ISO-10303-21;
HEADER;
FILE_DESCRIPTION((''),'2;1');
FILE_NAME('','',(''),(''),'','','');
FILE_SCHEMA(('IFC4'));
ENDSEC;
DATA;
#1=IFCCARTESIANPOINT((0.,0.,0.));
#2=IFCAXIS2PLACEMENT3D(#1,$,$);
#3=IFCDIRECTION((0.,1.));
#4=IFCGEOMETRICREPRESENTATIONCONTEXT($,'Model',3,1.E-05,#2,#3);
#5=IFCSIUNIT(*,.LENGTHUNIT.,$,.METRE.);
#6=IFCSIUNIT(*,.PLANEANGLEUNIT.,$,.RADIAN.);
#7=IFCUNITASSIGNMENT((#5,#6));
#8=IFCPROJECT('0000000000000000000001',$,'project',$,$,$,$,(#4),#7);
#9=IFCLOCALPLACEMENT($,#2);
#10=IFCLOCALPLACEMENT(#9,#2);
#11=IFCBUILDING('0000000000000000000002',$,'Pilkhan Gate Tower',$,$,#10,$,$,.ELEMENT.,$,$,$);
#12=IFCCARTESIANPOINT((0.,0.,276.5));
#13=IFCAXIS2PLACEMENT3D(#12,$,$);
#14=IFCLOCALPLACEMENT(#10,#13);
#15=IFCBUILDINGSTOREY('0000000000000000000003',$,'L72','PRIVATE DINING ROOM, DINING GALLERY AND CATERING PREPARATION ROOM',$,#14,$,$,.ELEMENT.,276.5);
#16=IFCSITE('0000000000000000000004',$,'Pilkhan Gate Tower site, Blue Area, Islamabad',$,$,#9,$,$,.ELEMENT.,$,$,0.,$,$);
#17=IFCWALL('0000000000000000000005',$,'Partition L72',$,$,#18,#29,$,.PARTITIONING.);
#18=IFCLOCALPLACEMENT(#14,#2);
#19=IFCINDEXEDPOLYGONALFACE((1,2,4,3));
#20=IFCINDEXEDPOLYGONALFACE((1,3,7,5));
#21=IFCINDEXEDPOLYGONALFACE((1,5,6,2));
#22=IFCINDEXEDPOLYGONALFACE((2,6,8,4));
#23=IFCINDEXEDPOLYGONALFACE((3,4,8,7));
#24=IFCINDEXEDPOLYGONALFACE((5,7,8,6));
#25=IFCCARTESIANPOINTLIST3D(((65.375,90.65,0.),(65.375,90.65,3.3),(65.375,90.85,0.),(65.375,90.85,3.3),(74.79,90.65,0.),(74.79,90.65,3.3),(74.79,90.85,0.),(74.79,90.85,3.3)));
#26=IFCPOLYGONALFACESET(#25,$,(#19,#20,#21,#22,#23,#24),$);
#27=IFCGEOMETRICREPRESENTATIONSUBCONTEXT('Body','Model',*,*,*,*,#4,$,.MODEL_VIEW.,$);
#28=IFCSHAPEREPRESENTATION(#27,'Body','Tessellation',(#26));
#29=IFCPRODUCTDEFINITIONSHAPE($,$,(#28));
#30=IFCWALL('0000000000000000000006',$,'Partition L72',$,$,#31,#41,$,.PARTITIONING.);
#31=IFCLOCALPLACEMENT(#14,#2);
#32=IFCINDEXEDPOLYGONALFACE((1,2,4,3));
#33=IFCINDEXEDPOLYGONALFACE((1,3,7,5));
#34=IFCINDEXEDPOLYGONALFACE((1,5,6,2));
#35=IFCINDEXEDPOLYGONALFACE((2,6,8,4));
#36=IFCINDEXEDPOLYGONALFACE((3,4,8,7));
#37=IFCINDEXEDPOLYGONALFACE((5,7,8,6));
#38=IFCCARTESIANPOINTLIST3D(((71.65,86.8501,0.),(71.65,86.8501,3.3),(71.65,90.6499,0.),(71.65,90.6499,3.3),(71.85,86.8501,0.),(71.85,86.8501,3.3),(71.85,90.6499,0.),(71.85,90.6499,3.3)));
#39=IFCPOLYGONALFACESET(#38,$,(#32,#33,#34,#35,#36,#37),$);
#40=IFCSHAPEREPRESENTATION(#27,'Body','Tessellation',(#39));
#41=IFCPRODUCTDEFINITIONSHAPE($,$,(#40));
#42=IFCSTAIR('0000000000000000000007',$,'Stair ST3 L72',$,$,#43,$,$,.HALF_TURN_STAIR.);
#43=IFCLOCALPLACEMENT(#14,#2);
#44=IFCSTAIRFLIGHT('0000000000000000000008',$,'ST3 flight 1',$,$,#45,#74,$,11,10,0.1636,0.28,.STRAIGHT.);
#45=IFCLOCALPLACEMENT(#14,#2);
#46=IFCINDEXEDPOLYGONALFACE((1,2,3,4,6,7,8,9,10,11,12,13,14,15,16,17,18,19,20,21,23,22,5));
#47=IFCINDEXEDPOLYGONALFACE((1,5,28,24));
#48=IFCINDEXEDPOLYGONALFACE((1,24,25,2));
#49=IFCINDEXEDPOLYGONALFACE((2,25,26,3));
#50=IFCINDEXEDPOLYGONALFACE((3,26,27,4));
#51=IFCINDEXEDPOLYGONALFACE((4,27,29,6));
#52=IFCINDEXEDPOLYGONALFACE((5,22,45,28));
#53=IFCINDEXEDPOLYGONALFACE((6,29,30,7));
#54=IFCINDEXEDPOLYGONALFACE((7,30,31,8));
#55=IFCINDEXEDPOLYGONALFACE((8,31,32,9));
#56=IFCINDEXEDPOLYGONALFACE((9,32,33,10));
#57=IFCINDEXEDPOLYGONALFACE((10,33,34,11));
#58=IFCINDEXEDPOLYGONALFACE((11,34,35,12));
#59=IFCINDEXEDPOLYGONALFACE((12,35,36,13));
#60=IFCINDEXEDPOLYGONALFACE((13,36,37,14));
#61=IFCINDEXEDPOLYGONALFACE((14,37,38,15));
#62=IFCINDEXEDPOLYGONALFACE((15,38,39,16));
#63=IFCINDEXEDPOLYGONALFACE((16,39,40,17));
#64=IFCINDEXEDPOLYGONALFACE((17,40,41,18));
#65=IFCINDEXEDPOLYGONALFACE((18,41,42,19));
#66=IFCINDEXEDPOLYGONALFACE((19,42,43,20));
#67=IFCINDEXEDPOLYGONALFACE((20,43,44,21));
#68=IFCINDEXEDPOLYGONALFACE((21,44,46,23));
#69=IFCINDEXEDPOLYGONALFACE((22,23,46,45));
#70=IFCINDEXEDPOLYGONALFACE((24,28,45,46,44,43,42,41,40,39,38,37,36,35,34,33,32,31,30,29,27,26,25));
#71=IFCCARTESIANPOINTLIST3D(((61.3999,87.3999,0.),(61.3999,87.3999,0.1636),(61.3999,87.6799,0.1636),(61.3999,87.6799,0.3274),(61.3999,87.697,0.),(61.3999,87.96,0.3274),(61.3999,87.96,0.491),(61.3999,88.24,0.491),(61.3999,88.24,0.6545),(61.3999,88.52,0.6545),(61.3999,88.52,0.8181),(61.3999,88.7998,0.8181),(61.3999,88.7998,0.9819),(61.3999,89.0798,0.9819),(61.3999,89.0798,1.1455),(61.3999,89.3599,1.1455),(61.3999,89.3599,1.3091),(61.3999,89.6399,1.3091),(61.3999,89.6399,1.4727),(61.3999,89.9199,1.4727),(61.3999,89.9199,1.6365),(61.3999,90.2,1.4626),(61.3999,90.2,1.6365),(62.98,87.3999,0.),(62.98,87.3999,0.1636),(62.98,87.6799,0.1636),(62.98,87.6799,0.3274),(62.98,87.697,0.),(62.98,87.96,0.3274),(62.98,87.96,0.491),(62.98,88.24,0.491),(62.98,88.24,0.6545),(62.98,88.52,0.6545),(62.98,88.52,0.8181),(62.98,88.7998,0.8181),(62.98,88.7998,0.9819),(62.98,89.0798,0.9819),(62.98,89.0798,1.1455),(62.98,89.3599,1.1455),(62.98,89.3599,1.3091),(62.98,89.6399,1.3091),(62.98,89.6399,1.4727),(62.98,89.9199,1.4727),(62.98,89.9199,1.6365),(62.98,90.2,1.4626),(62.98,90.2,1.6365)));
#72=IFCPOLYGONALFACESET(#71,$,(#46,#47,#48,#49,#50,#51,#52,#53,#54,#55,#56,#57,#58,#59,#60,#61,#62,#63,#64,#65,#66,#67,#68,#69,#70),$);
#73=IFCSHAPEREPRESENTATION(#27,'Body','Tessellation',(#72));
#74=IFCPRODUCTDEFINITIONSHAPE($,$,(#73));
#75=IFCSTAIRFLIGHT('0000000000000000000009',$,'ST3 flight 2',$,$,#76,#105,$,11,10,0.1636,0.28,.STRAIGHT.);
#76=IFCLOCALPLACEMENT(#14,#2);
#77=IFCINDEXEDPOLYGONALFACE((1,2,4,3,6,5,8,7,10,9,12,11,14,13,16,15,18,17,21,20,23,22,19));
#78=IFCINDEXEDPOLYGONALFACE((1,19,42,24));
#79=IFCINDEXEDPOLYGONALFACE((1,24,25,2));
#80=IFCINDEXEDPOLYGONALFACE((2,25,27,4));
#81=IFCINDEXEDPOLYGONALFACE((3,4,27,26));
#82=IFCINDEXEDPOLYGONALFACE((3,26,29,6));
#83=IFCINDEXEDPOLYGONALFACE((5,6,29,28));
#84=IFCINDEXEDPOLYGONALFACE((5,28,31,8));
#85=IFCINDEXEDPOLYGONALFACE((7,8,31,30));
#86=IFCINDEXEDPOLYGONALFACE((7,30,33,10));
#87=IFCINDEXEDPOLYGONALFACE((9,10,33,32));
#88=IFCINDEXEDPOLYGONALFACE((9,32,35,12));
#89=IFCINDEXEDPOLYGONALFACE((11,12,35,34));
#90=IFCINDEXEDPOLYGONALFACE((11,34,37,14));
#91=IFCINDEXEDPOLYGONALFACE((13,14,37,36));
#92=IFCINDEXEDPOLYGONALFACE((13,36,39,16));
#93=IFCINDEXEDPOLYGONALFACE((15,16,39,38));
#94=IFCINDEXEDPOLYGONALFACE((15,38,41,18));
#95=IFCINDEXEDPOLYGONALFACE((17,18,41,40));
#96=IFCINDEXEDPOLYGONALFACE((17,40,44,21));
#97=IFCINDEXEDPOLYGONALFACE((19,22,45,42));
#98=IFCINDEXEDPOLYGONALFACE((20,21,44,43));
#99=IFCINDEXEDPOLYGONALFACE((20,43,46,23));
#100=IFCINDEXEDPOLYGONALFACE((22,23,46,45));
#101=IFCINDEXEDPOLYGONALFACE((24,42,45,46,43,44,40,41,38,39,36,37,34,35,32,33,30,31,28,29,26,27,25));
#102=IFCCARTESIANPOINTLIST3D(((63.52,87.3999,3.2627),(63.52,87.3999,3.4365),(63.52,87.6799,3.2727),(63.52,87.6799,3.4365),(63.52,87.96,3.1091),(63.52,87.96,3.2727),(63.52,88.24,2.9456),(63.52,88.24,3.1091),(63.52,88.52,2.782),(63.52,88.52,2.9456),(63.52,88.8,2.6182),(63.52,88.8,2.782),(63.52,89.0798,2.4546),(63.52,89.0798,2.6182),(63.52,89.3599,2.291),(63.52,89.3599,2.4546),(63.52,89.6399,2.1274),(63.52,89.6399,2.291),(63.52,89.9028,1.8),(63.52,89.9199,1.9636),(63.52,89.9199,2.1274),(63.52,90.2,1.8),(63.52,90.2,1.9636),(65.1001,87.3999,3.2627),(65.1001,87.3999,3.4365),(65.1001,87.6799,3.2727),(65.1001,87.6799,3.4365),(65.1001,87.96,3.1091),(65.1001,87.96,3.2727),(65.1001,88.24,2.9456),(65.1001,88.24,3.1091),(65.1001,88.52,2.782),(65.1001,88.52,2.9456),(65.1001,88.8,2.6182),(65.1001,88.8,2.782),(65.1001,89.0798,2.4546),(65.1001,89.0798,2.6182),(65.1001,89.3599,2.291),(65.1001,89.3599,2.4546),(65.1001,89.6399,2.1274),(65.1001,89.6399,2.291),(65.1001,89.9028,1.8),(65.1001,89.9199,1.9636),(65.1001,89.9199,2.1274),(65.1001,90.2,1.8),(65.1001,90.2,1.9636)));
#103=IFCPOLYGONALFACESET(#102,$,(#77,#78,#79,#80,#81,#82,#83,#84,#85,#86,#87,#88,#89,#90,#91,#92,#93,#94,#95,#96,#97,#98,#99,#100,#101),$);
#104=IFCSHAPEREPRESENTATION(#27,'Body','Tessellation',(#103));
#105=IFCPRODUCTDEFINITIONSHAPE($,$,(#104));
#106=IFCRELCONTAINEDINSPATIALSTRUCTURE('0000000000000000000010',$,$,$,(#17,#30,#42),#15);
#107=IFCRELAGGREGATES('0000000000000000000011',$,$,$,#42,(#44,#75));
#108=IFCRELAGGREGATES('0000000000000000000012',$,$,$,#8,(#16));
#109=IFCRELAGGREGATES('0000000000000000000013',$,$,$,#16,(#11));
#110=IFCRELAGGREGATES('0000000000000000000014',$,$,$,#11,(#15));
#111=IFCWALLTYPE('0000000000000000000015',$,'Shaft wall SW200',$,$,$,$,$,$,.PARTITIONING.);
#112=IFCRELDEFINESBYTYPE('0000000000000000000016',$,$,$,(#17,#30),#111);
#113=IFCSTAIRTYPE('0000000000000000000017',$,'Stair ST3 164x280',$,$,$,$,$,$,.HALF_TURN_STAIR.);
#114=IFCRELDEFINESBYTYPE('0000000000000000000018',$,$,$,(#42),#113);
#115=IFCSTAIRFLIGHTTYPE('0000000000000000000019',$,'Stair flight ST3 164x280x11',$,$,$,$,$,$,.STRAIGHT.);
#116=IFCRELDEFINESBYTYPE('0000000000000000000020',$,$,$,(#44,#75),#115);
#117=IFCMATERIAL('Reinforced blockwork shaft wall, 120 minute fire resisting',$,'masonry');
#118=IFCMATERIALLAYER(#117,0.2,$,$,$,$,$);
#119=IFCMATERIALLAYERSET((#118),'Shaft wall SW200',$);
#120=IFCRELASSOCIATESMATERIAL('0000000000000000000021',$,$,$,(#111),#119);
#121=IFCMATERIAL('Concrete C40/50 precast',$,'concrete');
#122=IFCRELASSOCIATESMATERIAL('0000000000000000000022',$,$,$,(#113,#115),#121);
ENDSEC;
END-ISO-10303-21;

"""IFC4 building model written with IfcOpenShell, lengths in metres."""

from ifc_helpers import new_model, si_unit, direction, frame, frame_2d, origin, place, context, subcontext, project, spatial, polyline, rectangle, outline, extrude, material, layer, layer_set, type_object, element, aggregate, save


model = new_model("IFC4")

# Units and contexts
model_context = context("Model", 3, precision=1e-05, world=origin(), true_north=direction((0.0, 1.0)))
body_context = subcontext(model_context, "Body", "Model", "MODEL_VIEW")
ifc_project = project(units=[si_unit("LENGTHUNIT", "METRE"), si_unit("PLANEANGLEUNIT", "RADIAN")], contexts=[model_context])

# Site, building, storey
site_placement = place(None, origin())
site = spatial("IfcSite", under=ifc_project, at=site_placement, Name="Pilkhan Gate Tower site, Blue Area, Islamabad", CompositionType="ELEMENT", RefElevation=0.0)
building_placement = place(site_placement, origin())
building = spatial("IfcBuilding", under=site, at=building_placement, Name="Pilkhan Gate Tower", CompositionType="ELEMENT")
storey_placement = place(building_placement, frame((0.0, 0.0, 276.5)))
storey = spatial("IfcBuildingStorey", under=building, at=storey_placement, Name="L72", Description="PRIVATE DINING ROOM, DINING GALLERY AND CATERING PREPARATION ROOM", CompositionType="ELEMENT", Elevation=276.5)

# Walls
ifc_material_1 = material(Name="Reinforced blockwork shaft wall, 120 minute fire resisting", Category="masonry")
ifc_layer_1 = layer(ifc_material_1, 0.2)
ifc_layer_set_1 = layer_set([ifc_layer_1], Name="Shaft wall SW200")
wall_type_1 = type_object("IfcWallType", Name="Shaft wall SW200", PredefinedType="PARTITIONING", material=ifc_layer_set_1)
wall_1_placement = place(storey_placement, frame((65.375, 90.75, 0.0), z_axis=(0.0, 0.0, 1.0), x_axis=(1.0, 0.0, 0.0)))
element("IfcWall", 1, at=wall_1_placement, inside=storey, type_object=wall_type_1, Name="Partition L72", PredefinedType="PARTITIONING", context=body_context, shape_type="SweptSolid", body=[
    extrude(rectangle(XDim=9.415, YDim=0.2, at=frame_2d((4.7075, 0.0))), origin(), (0.0, 0.0, 1.0), 3.3),
])
wall_2_placement = place(storey_placement, frame((71.75, 86.8501, 0.0), z_axis=(0.0, 0.0, 1.0), x_axis=(0.0, 1.0, 0.0)))
element("IfcWall", 2, at=wall_2_placement, inside=storey, type_object=wall_type_1, Name="Partition L72", PredefinedType="PARTITIONING", context=body_context, shape_type="SweptSolid", body=[
    extrude(rectangle(XDim=3.7998, YDim=0.2, at=frame_2d((1.8999, 0.0))), origin(), (0.0, 0.0, 1.0), 3.3),
])

# Stair, stair flights
ifc_material_2 = material(Name="Concrete C40/50 precast", Category="concrete")
stair_type = type_object("IfcStairType", Name="Stair ST3 164x280", PredefinedType="HALF_TURN_STAIR", material=ifc_material_2)
stair_placement = place(storey_placement, origin())
stair = element("IfcStair", 3, at=stair_placement, inside=storey, type_object=stair_type, Name="Stair ST3 L72", PredefinedType="HALF_TURN_STAIR")
stair_flight_type = type_object("IfcStairFlightType", Name="Stair flight ST3 164x280x11", PredefinedType="STRAIGHT", material=ifc_material_2)
stair_flight_1_placement = place(storey_placement, frame((62.1899, 87.3999, 0.0), z_axis=(0.0, 0.0, 1.0), x_axis=(0.0, 1.0, 0.0)))
stair_flight_1 = element("IfcStairFlight", 4, at=stair_flight_1_placement, type_object=stair_flight_type, Name="ST3 flight 1", NumberOfRisers=11, NumberOfTreads=10, PredefinedType="STRAIGHT", RiserHeight=0.1636, TreadLength=0.28, context=body_context, shape_type="SweptSolid", body=[
    extrude(outline(polyline([(0.0, 0.0), (0.0, 0.1636), (0.28, 0.1636), (0.28, 0.3274), (0.5601, 0.3274), (0.5601, 0.491), (0.8401, 0.491), (0.8401, 0.6545), (1.1201, 0.6545), (1.1201, 0.8181), (1.3999, 0.8181), (1.3999, 0.9819), (1.6799, 0.9819), (1.6799, 1.1455), (1.96, 1.1455), (1.96, 1.3091), (2.24, 1.3091), (2.24, 1.4727), (2.52, 1.4727), (2.52, 1.6365), (2.8, 1.6365), (2.8, 1.8), (2.8, 1.4626), (0.2971, 0.0), (0.0, 0.0)])), frame((0.0, 0.79, 0.0), z_axis=(0.0, -1.0, 0.0), x_axis=(1.0, 0.0, 0.0)), (0.0, 0.0, 1.0), 1.5801),
])
stair_flight_2_placement = place(storey_placement, frame((64.3101, 90.2, 1.8), z_axis=(0.0, 0.0, 1.0), x_axis=(0.0, -1.0, 0.0)))
stair_flight_2 = element("IfcStairFlight", 5, at=stair_flight_2_placement, type_object=stair_flight_type, Name="ST3 flight 2", NumberOfRisers=11, NumberOfTreads=10, PredefinedType="STRAIGHT", RiserHeight=0.1636, TreadLength=0.28, context=body_context, shape_type="SweptSolid", body=[
    extrude(outline(polyline([(0.0, 0.0), (0.0, 0.1636), (0.28, 0.1636), (0.28, 0.3274), (0.5601, 0.3274), (0.5601, 0.491), (0.8401, 0.491), (0.8401, 0.6545), (1.1201, 0.6545), (1.1201, 0.8181), (1.3999, 0.8181), (1.3999, 0.9819), (1.6799, 0.9819), (1.6799, 1.1455), (1.96, 1.1455), (1.96, 1.3091), (2.24, 1.3091), (2.24, 1.4727), (2.52, 1.4727), (2.52, 1.6365), (2.8, 1.6365), (2.8, 1.8), (2.8, 1.4626), (0.2971, 0.0), (0.0, 0.0)])), frame((0.0, 0.79, 0.0), z_axis=(0.0, -1.0, 0.0), x_axis=(1.0, 0.0, 0.0)), (0.0, 0.0, 1.0), 1.5801),
])
aggregate(stair, [stair_flight_1, stair_flight_2])

save(model, "model.ifc")
